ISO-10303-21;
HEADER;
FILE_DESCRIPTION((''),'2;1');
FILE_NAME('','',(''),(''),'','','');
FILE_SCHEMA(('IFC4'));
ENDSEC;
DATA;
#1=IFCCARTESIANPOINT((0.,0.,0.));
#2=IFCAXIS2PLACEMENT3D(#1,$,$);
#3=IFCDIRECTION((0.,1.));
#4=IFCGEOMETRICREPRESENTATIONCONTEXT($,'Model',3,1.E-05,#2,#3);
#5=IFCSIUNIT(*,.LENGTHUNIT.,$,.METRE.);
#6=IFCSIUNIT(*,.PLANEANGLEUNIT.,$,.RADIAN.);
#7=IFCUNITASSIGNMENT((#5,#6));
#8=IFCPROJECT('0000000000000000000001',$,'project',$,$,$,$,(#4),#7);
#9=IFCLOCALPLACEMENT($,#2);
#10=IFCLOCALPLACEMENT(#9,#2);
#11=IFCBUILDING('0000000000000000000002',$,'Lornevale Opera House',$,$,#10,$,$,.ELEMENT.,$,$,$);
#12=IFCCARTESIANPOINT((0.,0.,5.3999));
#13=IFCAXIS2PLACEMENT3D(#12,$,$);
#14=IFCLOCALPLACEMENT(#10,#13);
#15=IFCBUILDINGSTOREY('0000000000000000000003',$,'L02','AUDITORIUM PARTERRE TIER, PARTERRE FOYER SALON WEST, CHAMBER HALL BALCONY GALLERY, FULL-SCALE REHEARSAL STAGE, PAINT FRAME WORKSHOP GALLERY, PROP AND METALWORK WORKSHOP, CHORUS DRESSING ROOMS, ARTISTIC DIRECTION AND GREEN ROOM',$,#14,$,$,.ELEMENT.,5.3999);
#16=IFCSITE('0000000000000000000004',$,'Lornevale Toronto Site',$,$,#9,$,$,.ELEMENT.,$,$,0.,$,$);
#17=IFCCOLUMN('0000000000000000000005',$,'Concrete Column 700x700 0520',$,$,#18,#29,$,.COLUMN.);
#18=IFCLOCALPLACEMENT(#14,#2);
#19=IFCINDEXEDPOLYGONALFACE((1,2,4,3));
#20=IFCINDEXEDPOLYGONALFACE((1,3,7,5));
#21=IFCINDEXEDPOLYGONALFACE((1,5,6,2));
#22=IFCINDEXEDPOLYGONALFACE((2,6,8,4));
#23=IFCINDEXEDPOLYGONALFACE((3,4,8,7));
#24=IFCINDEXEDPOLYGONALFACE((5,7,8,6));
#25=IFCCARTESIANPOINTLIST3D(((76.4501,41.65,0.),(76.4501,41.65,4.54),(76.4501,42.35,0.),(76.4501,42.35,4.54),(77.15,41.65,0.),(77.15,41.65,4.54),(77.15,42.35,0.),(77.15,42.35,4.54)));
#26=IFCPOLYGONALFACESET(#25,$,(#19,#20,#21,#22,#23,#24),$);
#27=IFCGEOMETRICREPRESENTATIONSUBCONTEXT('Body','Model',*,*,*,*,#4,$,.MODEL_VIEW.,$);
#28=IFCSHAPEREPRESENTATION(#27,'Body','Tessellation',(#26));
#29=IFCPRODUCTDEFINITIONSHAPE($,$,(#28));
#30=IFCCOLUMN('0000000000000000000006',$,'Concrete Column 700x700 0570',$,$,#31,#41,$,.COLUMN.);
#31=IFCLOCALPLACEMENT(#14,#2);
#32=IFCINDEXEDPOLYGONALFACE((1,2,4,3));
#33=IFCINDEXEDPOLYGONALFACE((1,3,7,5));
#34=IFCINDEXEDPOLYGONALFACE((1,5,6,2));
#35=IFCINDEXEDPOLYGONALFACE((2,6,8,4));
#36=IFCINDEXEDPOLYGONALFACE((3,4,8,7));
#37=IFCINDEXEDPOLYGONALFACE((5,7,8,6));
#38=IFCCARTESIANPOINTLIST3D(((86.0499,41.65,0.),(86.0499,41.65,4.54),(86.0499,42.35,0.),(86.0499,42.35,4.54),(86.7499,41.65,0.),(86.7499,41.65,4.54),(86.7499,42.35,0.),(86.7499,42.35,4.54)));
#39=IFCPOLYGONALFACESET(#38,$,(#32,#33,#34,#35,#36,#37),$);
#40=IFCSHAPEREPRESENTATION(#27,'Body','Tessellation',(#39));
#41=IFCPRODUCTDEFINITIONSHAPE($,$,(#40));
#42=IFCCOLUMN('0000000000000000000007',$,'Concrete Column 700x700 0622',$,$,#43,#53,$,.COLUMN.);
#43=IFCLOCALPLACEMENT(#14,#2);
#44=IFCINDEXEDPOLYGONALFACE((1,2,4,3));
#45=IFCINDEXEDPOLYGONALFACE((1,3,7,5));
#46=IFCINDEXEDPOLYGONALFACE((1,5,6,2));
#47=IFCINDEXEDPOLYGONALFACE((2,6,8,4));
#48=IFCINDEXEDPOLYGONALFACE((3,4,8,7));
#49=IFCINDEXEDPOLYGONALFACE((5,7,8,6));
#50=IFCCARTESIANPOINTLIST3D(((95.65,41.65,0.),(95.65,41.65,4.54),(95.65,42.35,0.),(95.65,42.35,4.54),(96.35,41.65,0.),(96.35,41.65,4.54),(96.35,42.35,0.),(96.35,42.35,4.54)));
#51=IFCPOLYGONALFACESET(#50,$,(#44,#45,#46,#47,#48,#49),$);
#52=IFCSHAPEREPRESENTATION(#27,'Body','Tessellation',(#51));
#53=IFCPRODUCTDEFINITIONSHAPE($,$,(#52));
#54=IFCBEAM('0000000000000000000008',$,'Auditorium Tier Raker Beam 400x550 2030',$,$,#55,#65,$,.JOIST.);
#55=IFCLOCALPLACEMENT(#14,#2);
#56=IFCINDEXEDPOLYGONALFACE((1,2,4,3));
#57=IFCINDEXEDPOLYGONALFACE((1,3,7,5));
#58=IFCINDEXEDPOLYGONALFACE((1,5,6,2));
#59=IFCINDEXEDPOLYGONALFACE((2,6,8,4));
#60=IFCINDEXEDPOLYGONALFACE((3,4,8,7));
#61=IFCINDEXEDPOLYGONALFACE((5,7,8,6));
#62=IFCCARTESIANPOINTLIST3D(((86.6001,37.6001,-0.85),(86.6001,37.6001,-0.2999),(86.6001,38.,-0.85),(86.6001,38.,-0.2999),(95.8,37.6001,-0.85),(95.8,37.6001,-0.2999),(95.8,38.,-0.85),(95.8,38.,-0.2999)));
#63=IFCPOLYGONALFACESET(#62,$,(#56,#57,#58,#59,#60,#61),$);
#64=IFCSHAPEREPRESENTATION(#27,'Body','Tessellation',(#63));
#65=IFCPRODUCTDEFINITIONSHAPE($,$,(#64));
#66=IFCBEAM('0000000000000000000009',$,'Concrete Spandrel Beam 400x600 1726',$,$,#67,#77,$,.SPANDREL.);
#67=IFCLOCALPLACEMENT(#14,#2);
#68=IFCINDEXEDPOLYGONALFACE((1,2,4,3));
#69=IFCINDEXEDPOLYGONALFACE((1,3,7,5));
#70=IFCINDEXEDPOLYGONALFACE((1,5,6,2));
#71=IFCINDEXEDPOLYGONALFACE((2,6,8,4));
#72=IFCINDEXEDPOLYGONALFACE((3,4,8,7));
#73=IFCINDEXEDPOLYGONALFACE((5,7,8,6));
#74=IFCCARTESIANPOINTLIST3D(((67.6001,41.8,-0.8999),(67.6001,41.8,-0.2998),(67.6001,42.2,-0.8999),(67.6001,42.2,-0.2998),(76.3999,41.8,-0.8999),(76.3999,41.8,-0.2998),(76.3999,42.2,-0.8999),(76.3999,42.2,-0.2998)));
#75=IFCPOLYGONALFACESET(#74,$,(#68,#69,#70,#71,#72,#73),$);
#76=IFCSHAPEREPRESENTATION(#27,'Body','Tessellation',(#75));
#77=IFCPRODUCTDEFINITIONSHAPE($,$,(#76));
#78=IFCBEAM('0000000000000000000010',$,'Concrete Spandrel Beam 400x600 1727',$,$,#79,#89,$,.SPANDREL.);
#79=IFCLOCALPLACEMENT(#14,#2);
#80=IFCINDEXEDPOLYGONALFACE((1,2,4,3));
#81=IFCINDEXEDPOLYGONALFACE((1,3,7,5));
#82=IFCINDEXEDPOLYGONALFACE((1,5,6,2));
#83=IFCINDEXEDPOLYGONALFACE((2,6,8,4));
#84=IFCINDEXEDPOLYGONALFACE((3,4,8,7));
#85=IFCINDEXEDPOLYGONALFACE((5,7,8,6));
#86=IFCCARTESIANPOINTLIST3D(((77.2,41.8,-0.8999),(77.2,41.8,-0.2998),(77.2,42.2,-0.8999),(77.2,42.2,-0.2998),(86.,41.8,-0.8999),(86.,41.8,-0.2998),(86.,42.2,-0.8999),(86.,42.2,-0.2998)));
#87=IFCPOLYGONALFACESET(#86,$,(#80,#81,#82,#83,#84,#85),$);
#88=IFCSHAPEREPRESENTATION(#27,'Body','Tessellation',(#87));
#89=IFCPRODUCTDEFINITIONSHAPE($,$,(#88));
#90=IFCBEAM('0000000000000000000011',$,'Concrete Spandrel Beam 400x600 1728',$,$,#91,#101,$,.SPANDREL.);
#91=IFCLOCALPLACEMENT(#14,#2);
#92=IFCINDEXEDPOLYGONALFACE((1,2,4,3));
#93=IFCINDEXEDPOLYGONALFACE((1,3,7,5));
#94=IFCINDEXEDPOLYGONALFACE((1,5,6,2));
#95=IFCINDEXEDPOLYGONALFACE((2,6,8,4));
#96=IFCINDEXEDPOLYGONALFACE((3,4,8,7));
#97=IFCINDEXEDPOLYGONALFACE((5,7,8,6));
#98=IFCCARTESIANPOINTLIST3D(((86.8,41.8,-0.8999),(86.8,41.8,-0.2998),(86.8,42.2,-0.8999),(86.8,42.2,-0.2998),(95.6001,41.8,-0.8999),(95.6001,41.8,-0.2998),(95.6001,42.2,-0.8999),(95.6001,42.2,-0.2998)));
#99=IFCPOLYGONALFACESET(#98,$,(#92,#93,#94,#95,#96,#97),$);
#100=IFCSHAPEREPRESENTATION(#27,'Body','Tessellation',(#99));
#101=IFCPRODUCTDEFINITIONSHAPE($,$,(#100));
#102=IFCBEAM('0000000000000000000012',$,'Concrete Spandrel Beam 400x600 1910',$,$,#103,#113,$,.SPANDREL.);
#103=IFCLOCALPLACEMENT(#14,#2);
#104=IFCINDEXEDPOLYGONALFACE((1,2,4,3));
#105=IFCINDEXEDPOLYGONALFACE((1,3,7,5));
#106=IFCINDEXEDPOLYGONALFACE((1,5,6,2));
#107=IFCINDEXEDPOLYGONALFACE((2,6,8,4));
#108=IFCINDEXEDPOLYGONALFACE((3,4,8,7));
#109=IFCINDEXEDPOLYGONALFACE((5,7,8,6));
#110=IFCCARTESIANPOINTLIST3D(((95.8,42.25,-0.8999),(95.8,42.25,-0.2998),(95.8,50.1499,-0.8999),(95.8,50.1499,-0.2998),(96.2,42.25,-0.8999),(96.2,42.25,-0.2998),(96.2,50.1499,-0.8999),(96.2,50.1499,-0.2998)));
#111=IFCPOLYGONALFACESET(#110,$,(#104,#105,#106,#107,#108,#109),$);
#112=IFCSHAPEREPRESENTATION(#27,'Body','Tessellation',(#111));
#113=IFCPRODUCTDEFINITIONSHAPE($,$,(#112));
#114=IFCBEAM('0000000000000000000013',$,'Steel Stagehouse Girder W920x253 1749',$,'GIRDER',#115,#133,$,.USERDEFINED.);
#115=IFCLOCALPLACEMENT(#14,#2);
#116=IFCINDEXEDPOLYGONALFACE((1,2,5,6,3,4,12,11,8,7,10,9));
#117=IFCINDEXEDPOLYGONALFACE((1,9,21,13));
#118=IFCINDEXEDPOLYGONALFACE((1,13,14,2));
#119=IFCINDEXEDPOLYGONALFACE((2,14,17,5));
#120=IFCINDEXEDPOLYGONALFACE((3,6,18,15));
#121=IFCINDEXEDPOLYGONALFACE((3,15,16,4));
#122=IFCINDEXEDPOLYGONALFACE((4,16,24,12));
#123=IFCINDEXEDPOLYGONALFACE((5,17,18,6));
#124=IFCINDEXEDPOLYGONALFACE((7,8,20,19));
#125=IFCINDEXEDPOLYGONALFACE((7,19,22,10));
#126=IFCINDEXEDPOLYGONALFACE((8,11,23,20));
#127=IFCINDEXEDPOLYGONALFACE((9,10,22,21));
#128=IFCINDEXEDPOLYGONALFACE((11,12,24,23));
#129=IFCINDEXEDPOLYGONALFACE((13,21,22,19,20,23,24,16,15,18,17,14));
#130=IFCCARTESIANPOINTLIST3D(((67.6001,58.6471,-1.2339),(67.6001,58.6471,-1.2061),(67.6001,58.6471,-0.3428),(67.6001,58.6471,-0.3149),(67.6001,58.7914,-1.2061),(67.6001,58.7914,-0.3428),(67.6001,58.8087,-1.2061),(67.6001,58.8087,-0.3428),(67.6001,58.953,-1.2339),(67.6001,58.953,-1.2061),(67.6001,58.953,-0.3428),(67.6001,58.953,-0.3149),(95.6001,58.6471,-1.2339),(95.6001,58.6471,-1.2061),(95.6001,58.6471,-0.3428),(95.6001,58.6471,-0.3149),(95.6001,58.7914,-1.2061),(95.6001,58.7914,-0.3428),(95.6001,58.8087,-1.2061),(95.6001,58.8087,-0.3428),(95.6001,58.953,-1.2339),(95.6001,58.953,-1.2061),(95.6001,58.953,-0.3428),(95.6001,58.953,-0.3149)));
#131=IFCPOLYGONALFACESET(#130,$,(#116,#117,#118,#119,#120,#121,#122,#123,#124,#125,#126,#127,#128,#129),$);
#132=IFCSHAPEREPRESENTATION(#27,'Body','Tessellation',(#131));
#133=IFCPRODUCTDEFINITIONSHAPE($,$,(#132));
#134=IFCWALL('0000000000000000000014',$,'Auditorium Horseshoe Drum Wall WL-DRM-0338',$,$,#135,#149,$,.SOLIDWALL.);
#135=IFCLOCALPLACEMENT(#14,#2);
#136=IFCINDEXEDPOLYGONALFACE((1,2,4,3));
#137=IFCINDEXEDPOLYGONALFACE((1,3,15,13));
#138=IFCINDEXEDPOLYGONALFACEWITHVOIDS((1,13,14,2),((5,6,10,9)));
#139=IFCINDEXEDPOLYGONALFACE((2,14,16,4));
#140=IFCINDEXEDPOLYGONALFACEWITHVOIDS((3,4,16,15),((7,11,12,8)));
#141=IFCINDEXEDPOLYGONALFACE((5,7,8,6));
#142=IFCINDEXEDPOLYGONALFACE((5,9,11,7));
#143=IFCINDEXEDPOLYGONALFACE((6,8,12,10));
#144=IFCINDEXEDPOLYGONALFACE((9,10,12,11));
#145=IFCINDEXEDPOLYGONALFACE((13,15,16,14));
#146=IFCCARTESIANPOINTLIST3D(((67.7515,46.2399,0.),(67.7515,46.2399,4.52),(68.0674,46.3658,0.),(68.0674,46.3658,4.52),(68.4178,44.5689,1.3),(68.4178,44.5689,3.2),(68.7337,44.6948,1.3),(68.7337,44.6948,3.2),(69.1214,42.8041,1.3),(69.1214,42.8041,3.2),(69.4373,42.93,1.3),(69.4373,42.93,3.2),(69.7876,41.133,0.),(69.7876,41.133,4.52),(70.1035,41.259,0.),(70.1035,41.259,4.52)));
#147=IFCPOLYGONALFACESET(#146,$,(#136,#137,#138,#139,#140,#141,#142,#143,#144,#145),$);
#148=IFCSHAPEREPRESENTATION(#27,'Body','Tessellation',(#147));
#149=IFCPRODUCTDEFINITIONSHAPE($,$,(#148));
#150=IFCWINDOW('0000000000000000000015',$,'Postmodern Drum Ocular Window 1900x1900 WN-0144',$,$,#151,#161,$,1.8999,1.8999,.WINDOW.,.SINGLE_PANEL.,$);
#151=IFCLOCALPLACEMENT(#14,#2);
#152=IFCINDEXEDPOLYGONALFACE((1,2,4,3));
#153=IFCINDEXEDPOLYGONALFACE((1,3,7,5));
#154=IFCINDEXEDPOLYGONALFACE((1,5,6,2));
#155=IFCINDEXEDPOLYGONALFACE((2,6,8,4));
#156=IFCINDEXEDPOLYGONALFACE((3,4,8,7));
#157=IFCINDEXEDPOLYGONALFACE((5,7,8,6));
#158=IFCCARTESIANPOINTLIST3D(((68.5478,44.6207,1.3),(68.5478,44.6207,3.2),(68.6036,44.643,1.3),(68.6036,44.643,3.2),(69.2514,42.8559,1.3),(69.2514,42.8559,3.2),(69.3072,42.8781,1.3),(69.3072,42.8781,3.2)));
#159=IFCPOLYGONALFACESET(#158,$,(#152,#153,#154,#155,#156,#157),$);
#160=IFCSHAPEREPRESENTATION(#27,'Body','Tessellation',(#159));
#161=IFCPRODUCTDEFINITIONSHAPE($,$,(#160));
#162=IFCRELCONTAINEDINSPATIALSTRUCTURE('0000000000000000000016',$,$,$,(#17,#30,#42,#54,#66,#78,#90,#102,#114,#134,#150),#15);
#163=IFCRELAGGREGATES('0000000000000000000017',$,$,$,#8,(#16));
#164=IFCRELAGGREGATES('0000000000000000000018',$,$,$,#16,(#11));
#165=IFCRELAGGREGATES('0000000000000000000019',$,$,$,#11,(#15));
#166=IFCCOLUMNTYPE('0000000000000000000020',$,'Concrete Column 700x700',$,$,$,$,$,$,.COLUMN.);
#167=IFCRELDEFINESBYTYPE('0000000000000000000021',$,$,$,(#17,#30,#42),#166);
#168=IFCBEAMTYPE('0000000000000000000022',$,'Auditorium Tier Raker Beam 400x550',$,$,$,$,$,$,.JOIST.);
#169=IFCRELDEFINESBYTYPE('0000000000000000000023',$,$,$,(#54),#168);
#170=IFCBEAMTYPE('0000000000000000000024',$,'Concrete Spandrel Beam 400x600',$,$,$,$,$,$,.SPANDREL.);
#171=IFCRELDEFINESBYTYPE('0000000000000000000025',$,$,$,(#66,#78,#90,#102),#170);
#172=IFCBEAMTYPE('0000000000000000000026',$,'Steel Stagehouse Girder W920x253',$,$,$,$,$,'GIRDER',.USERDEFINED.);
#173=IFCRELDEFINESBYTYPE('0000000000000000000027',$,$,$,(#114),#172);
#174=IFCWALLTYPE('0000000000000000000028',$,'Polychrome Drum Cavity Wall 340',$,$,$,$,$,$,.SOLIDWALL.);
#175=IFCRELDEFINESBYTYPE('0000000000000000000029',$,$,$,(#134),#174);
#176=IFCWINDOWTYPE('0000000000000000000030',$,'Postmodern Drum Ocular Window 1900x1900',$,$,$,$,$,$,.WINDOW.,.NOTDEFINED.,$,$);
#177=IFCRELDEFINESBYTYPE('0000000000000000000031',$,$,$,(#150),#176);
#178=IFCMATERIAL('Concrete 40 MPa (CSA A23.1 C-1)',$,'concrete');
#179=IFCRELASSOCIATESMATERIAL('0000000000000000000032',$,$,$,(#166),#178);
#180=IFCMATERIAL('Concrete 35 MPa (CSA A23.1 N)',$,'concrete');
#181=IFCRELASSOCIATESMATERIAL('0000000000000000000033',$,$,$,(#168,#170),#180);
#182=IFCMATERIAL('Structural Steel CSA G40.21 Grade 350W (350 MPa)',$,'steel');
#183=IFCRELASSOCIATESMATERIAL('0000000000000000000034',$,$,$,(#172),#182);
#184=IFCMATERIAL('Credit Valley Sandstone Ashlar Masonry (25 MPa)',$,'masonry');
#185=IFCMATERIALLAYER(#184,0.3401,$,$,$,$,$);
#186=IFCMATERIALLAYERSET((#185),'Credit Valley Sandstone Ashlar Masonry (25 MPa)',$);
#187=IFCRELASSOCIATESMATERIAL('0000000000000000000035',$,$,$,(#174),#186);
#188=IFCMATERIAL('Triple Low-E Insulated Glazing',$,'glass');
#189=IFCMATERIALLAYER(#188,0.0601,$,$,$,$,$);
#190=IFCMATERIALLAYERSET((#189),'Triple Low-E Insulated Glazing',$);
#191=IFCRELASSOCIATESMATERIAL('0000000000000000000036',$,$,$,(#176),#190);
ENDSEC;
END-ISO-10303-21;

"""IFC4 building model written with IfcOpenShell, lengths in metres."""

from ifc_helpers import new_model, si_unit, direction, frame, frame_2d, origin, origin_2d, place, context, subcontext, project, spatial, rectangle, i_section, extrude, material, layer, layer_set, material_profile, profile_set, type_object, element, fill, save


model = new_model("IFC4")

# Units and contexts
model_context = context("Model", 3, precision=1e-05, world=origin(), true_north=direction((0.0, 1.0)))
body_context = subcontext(model_context, "Body", "Model", "MODEL_VIEW")
ifc_project = project(units=[si_unit("LENGTHUNIT", "METRE"), si_unit("PLANEANGLEUNIT", "RADIAN")], contexts=[model_context])

# Site, building, storey
site_placement = place(None, origin())
site = spatial("IfcSite", under=ifc_project, at=site_placement, Name="Lornevale Toronto Site", CompositionType="ELEMENT", RefElevation=0.0)
building_placement = place(site_placement, origin())
building = spatial("IfcBuilding", under=site, at=building_placement, Name="Lornevale Opera House", CompositionType="ELEMENT")
storey_placement = place(building_placement, frame((0.0, 0.0, 5.3999)))
storey = spatial("IfcBuildingStorey", under=building, at=storey_placement, Name="L02", Description="AUDITORIUM PARTERRE TIER, PARTERRE FOYER SALON WEST, CHAMBER HALL BALCONY GALLERY, FULL-SCALE REHEARSAL STAGE, PAINT FRAME WORKSHOP GALLERY, PROP AND METALWORK WORKSHOP, CHORUS DRESSING ROOMS, ARTISTIC DIRECTION AND GREEN ROOM", CompositionType="ELEMENT", Elevation=5.3999)

# Columns
ifc_material_1 = material(Name="Concrete 40 MPa (CSA A23.1 C-1)", Category="concrete")
ifc_material_profile_1 = material_profile(ifc_material_1, rectangle(XDim=0.7, YDim=0.7, at=origin_2d()), Name="RC700x700")
ifc_profile_set_1 = profile_set([ifc_material_profile_1], Name="Concrete 40 MPa (CSA A23.1 C-1)")
column_type = type_object("IfcColumnType", Name="Concrete Column 700x700", PredefinedType="COLUMN", material=ifc_profile_set_1)
for number, where, z_axis, x_axis, name in (
    (1, (76.8, 42.0, 0.0), (0.0, 0.0, 1.0), (1.0, 0.0, 0.0), "Concrete Column 700x700 0520"),
    (2, (86.3999, 42.0, 0.0), (0.0, 0.0, 1.0), (1.0, 0.0, 0.0), "Concrete Column 700x700 0570"),
    (3, (96.0, 42.0, 0.0), (0.0, 0.0, 1.0), (1.0, 0.0, 0.0), "Concrete Column 700x700 0622"),
):
    element("IfcColumn", number, at=place(storey_placement, frame(where, z_axis=z_axis, x_axis=x_axis)), inside=storey, type_object=column_type, Name=name, PredefinedType="COLUMN", context=body_context, shape_type="SweptSolid", body=[
        extrude(rectangle(XDim=0.7, YDim=0.7, at=origin_2d()), origin(), (0.0, 0.0, 1.0), 4.54),
    ])

# Beams
ifc_material_2 = material(Name="Concrete 35 MPa (CSA A23.1 N)", Category="concrete")
ifc_material_profile_2 = material_profile(ifc_material_2, rectangle(XDim=0.3999, YDim=0.55, at=origin_2d()), Name="RC400x550")
ifc_profile_set_2 = profile_set([ifc_material_profile_2], Name="Concrete 35 MPa (CSA A23.1 N)")
beam_type_1 = type_object("IfcBeamType", Name="Auditorium Tier Raker Beam 400x550", PredefinedType="JOIST", material=ifc_profile_set_2)
beam_1_placement = place(storey_placement, frame((86.6001, 37.8, -0.575), z_axis=(1.0, 0.0, 0.0), x_axis=(0.0, 1.0, 0.0)))
element("IfcBeam", 4, at=beam_1_placement, inside=storey, type_object=beam_type_1, Name="Auditorium Tier Raker Beam 400x550 2030", PredefinedType="JOIST", context=body_context, shape_type="SweptSolid", body=[
    extrude(rectangle(XDim=0.3999, YDim=0.55, at=origin_2d()), origin(), (0.0, 0.0, 1.0), 9.2),
])
ifc_material_profile_3 = material_profile(ifc_material_2, rectangle(XDim=0.3999, YDim=0.6001, at=origin_2d()), Name="RC400x600")
ifc_profile_set_3 = profile_set([ifc_material_profile_3], Name="Concrete 35 MPa (CSA A23.1 N)")
beam_type_2 = type_object("IfcBeamType", Name="Concrete Spandrel Beam 400x600", PredefinedType="SPANDREL", material=ifc_profile_set_3)
beam_2_placement = place(storey_placement, frame((67.6001, 42.0, -0.5999), z_axis=(1.0, 0.0, 0.0), x_axis=(0.0, 1.0, 0.0)))
element("IfcBeam", 5, at=beam_2_placement, inside=storey, type_object=beam_type_2, Name="Concrete Spandrel Beam 400x600 1726", PredefinedType="SPANDREL", context=body_context, shape_type="SweptSolid", body=[
    extrude(rectangle(XDim=0.3999, YDim=0.6001, at=origin_2d()), origin(), (0.0, 0.0, 1.0), 8.7998),
])
for number, where, z_axis, x_axis, name in (
    (6, (77.2, 42.0, -0.5999), (1.0, 0.0, 0.0), (0.0, 1.0, 0.0), "Concrete Spandrel Beam 400x600 1727"),
    (7, (86.8, 42.0, -0.5999), (1.0, 0.0, 0.0), (0.0, 1.0, 0.0), "Concrete Spandrel Beam 400x600 1728"),
):
    element("IfcBeam", number, at=place(storey_placement, frame(where, z_axis=z_axis, x_axis=x_axis)), inside=storey, type_object=beam_type_2, Name=name, PredefinedType="SPANDREL", context=body_context, shape_type="SweptSolid", body=[
        extrude(rectangle(XDim=0.3999, YDim=0.6001, at=origin_2d()), origin(), (0.0, 0.0, 1.0), 8.8),
    ])
beam_3_placement = place(storey_placement, frame((96.0, 42.25, -0.5999), z_axis=(0.0, 1.0, 0.0), x_axis=(-1.0, 0.0, 0.0)))
element("IfcBeam", 8, at=beam_3_placement, inside=storey, type_object=beam_type_2, Name="Concrete Spandrel Beam 400x600 1910", PredefinedType="SPANDREL", context=body_context, shape_type="SweptSolid", body=[
    extrude(rectangle(XDim=0.3999, YDim=0.6001, at=origin_2d()), origin(), (0.0, 0.0, 1.0), 7.8999),
])
ifc_material_3 = material(Name="Structural Steel CSA G40.21 Grade 350W (350 MPa)", Category="steel")
ifc_material_profile_4 = material_profile(ifc_material_3, i_section(OverallWidth=0.3059, OverallDepth=0.9189, WebThickness=0.0173, FlangeThickness=0.0278, at=origin_2d()), Name="W920x253")
ifc_profile_set_4 = profile_set([ifc_material_profile_4], Name="Structural Steel CSA G40.21 Grade 350W (350 MPa)")
beam_type_3 = type_object("IfcBeamType", Name="Steel Stagehouse Girder W920x253", ElementType="GIRDER", PredefinedType="USERDEFINED", material=ifc_profile_set_4)
beam_4_placement = place(storey_placement, frame((67.6001, 58.8, -0.7744), z_axis=(1.0, 0.0, 0.0), x_axis=(0.0, 1.0, 0.0)))
element("IfcBeam", 9, at=beam_4_placement, inside=storey, type_object=beam_type_3, Name="Steel Stagehouse Girder W920x253 1749", ObjectType="GIRDER", PredefinedType="USERDEFINED", context=body_context, shape_type="SweptSolid", body=[
    extrude(i_section(OverallWidth=0.3059, OverallDepth=0.9189, WebThickness=0.0173, FlangeThickness=0.0278, at=origin_2d()), origin(), (0.0, 0.0, 1.0), 28.0),
])

# Wall, opening, window
ifc_material_4 = material(Name="Credit Valley Sandstone Ashlar Masonry (25 MPa)", Category="masonry")
ifc_layer_1 = layer(ifc_material_4, 0.3401)
ifc_layer_set_1 = layer_set([ifc_layer_1], Name="Credit Valley Sandstone Ashlar Masonry (25 MPa)")
wall_type_1 = type_object("IfcWallType", Name="Polychrome Drum Cavity Wall 340", PredefinedType="SOLIDWALL", material=ifc_layer_set_1)
wall_1_placement = place(storey_placement, frame((67.9094, 46.303, 0.0), z_axis=(0.0, 0.0, 1.0), x_axis=(0.370349, -0.928893, 0.0)))
wall_1 = element("IfcWall", 10, at=wall_1_placement, inside=storey, type_object=wall_type_1, Name="Auditorium Horseshoe Drum Wall WL-DRM-0338", PredefinedType="SOLIDWALL", context=body_context, shape_type="SweptSolid", body=[
    extrude(rectangle(XDim=5.4978, YDim=0.3401, at=frame_2d((2.749, 0.0))), origin(), (0.0, 0.0, 1.0), 4.52),
])
opening_1_placement = place(wall_1_placement, frame((1.7991, 0.0, 1.3)))
opening_1 = element("IfcOpeningElement", 11, at=opening_1_placement, cuts=wall_1, PredefinedType="OPENING", context=body_context, shape_type="SweptSolid", body=[
    extrude(rectangle(XDim=1.8999, YDim=1.8999, at=frame_2d((0.95, 0.95))), frame((0.0, 0.1799, 0.0), z_axis=(0.0, -1.0, 0.0), x_axis=(1.0, 0.0, 0.0)), (0.0, 0.0, 1.0), 0.3601),
])
ifc_material_5 = material(Name="Triple Low-E Insulated Glazing", Category="glass")
ifc_layer_2 = layer(ifc_material_5, 0.0601)
ifc_layer_set_2 = layer_set([ifc_layer_2], Name="Triple Low-E Insulated Glazing")
window_type_1 = type_object("IfcWindowType", Name="Postmodern Drum Ocular Window 1900x1900", PartitioningType="NOTDEFINED", PredefinedType="WINDOW", material=ifc_layer_set_2)
window_1_placement = place(opening_1_placement, origin())
window_1 = element("IfcWindow", 12, at=window_1_placement, inside=storey, type_object=window_type_1, Name="Postmodern Drum Ocular Window 1900x1900 WN-0144", OverallHeight=1.8999, OverallWidth=1.8999, PartitioningType="SINGLE_PANEL", PredefinedType="WINDOW", context=body_context, shape_type="SweptSolid", body=[
    extrude(rectangle(XDim=1.8999, YDim=1.8999, at=frame_2d((0.95, 0.95))), frame((0.0, 0.03, 0.0), z_axis=(0.0, -1.0, 0.0), x_axis=(1.0, 0.0, 0.0)), (0.0, 0.0, 1.0), 0.0601),
])
fill(opening_1, window_1)

save(model, "model.ifc")
